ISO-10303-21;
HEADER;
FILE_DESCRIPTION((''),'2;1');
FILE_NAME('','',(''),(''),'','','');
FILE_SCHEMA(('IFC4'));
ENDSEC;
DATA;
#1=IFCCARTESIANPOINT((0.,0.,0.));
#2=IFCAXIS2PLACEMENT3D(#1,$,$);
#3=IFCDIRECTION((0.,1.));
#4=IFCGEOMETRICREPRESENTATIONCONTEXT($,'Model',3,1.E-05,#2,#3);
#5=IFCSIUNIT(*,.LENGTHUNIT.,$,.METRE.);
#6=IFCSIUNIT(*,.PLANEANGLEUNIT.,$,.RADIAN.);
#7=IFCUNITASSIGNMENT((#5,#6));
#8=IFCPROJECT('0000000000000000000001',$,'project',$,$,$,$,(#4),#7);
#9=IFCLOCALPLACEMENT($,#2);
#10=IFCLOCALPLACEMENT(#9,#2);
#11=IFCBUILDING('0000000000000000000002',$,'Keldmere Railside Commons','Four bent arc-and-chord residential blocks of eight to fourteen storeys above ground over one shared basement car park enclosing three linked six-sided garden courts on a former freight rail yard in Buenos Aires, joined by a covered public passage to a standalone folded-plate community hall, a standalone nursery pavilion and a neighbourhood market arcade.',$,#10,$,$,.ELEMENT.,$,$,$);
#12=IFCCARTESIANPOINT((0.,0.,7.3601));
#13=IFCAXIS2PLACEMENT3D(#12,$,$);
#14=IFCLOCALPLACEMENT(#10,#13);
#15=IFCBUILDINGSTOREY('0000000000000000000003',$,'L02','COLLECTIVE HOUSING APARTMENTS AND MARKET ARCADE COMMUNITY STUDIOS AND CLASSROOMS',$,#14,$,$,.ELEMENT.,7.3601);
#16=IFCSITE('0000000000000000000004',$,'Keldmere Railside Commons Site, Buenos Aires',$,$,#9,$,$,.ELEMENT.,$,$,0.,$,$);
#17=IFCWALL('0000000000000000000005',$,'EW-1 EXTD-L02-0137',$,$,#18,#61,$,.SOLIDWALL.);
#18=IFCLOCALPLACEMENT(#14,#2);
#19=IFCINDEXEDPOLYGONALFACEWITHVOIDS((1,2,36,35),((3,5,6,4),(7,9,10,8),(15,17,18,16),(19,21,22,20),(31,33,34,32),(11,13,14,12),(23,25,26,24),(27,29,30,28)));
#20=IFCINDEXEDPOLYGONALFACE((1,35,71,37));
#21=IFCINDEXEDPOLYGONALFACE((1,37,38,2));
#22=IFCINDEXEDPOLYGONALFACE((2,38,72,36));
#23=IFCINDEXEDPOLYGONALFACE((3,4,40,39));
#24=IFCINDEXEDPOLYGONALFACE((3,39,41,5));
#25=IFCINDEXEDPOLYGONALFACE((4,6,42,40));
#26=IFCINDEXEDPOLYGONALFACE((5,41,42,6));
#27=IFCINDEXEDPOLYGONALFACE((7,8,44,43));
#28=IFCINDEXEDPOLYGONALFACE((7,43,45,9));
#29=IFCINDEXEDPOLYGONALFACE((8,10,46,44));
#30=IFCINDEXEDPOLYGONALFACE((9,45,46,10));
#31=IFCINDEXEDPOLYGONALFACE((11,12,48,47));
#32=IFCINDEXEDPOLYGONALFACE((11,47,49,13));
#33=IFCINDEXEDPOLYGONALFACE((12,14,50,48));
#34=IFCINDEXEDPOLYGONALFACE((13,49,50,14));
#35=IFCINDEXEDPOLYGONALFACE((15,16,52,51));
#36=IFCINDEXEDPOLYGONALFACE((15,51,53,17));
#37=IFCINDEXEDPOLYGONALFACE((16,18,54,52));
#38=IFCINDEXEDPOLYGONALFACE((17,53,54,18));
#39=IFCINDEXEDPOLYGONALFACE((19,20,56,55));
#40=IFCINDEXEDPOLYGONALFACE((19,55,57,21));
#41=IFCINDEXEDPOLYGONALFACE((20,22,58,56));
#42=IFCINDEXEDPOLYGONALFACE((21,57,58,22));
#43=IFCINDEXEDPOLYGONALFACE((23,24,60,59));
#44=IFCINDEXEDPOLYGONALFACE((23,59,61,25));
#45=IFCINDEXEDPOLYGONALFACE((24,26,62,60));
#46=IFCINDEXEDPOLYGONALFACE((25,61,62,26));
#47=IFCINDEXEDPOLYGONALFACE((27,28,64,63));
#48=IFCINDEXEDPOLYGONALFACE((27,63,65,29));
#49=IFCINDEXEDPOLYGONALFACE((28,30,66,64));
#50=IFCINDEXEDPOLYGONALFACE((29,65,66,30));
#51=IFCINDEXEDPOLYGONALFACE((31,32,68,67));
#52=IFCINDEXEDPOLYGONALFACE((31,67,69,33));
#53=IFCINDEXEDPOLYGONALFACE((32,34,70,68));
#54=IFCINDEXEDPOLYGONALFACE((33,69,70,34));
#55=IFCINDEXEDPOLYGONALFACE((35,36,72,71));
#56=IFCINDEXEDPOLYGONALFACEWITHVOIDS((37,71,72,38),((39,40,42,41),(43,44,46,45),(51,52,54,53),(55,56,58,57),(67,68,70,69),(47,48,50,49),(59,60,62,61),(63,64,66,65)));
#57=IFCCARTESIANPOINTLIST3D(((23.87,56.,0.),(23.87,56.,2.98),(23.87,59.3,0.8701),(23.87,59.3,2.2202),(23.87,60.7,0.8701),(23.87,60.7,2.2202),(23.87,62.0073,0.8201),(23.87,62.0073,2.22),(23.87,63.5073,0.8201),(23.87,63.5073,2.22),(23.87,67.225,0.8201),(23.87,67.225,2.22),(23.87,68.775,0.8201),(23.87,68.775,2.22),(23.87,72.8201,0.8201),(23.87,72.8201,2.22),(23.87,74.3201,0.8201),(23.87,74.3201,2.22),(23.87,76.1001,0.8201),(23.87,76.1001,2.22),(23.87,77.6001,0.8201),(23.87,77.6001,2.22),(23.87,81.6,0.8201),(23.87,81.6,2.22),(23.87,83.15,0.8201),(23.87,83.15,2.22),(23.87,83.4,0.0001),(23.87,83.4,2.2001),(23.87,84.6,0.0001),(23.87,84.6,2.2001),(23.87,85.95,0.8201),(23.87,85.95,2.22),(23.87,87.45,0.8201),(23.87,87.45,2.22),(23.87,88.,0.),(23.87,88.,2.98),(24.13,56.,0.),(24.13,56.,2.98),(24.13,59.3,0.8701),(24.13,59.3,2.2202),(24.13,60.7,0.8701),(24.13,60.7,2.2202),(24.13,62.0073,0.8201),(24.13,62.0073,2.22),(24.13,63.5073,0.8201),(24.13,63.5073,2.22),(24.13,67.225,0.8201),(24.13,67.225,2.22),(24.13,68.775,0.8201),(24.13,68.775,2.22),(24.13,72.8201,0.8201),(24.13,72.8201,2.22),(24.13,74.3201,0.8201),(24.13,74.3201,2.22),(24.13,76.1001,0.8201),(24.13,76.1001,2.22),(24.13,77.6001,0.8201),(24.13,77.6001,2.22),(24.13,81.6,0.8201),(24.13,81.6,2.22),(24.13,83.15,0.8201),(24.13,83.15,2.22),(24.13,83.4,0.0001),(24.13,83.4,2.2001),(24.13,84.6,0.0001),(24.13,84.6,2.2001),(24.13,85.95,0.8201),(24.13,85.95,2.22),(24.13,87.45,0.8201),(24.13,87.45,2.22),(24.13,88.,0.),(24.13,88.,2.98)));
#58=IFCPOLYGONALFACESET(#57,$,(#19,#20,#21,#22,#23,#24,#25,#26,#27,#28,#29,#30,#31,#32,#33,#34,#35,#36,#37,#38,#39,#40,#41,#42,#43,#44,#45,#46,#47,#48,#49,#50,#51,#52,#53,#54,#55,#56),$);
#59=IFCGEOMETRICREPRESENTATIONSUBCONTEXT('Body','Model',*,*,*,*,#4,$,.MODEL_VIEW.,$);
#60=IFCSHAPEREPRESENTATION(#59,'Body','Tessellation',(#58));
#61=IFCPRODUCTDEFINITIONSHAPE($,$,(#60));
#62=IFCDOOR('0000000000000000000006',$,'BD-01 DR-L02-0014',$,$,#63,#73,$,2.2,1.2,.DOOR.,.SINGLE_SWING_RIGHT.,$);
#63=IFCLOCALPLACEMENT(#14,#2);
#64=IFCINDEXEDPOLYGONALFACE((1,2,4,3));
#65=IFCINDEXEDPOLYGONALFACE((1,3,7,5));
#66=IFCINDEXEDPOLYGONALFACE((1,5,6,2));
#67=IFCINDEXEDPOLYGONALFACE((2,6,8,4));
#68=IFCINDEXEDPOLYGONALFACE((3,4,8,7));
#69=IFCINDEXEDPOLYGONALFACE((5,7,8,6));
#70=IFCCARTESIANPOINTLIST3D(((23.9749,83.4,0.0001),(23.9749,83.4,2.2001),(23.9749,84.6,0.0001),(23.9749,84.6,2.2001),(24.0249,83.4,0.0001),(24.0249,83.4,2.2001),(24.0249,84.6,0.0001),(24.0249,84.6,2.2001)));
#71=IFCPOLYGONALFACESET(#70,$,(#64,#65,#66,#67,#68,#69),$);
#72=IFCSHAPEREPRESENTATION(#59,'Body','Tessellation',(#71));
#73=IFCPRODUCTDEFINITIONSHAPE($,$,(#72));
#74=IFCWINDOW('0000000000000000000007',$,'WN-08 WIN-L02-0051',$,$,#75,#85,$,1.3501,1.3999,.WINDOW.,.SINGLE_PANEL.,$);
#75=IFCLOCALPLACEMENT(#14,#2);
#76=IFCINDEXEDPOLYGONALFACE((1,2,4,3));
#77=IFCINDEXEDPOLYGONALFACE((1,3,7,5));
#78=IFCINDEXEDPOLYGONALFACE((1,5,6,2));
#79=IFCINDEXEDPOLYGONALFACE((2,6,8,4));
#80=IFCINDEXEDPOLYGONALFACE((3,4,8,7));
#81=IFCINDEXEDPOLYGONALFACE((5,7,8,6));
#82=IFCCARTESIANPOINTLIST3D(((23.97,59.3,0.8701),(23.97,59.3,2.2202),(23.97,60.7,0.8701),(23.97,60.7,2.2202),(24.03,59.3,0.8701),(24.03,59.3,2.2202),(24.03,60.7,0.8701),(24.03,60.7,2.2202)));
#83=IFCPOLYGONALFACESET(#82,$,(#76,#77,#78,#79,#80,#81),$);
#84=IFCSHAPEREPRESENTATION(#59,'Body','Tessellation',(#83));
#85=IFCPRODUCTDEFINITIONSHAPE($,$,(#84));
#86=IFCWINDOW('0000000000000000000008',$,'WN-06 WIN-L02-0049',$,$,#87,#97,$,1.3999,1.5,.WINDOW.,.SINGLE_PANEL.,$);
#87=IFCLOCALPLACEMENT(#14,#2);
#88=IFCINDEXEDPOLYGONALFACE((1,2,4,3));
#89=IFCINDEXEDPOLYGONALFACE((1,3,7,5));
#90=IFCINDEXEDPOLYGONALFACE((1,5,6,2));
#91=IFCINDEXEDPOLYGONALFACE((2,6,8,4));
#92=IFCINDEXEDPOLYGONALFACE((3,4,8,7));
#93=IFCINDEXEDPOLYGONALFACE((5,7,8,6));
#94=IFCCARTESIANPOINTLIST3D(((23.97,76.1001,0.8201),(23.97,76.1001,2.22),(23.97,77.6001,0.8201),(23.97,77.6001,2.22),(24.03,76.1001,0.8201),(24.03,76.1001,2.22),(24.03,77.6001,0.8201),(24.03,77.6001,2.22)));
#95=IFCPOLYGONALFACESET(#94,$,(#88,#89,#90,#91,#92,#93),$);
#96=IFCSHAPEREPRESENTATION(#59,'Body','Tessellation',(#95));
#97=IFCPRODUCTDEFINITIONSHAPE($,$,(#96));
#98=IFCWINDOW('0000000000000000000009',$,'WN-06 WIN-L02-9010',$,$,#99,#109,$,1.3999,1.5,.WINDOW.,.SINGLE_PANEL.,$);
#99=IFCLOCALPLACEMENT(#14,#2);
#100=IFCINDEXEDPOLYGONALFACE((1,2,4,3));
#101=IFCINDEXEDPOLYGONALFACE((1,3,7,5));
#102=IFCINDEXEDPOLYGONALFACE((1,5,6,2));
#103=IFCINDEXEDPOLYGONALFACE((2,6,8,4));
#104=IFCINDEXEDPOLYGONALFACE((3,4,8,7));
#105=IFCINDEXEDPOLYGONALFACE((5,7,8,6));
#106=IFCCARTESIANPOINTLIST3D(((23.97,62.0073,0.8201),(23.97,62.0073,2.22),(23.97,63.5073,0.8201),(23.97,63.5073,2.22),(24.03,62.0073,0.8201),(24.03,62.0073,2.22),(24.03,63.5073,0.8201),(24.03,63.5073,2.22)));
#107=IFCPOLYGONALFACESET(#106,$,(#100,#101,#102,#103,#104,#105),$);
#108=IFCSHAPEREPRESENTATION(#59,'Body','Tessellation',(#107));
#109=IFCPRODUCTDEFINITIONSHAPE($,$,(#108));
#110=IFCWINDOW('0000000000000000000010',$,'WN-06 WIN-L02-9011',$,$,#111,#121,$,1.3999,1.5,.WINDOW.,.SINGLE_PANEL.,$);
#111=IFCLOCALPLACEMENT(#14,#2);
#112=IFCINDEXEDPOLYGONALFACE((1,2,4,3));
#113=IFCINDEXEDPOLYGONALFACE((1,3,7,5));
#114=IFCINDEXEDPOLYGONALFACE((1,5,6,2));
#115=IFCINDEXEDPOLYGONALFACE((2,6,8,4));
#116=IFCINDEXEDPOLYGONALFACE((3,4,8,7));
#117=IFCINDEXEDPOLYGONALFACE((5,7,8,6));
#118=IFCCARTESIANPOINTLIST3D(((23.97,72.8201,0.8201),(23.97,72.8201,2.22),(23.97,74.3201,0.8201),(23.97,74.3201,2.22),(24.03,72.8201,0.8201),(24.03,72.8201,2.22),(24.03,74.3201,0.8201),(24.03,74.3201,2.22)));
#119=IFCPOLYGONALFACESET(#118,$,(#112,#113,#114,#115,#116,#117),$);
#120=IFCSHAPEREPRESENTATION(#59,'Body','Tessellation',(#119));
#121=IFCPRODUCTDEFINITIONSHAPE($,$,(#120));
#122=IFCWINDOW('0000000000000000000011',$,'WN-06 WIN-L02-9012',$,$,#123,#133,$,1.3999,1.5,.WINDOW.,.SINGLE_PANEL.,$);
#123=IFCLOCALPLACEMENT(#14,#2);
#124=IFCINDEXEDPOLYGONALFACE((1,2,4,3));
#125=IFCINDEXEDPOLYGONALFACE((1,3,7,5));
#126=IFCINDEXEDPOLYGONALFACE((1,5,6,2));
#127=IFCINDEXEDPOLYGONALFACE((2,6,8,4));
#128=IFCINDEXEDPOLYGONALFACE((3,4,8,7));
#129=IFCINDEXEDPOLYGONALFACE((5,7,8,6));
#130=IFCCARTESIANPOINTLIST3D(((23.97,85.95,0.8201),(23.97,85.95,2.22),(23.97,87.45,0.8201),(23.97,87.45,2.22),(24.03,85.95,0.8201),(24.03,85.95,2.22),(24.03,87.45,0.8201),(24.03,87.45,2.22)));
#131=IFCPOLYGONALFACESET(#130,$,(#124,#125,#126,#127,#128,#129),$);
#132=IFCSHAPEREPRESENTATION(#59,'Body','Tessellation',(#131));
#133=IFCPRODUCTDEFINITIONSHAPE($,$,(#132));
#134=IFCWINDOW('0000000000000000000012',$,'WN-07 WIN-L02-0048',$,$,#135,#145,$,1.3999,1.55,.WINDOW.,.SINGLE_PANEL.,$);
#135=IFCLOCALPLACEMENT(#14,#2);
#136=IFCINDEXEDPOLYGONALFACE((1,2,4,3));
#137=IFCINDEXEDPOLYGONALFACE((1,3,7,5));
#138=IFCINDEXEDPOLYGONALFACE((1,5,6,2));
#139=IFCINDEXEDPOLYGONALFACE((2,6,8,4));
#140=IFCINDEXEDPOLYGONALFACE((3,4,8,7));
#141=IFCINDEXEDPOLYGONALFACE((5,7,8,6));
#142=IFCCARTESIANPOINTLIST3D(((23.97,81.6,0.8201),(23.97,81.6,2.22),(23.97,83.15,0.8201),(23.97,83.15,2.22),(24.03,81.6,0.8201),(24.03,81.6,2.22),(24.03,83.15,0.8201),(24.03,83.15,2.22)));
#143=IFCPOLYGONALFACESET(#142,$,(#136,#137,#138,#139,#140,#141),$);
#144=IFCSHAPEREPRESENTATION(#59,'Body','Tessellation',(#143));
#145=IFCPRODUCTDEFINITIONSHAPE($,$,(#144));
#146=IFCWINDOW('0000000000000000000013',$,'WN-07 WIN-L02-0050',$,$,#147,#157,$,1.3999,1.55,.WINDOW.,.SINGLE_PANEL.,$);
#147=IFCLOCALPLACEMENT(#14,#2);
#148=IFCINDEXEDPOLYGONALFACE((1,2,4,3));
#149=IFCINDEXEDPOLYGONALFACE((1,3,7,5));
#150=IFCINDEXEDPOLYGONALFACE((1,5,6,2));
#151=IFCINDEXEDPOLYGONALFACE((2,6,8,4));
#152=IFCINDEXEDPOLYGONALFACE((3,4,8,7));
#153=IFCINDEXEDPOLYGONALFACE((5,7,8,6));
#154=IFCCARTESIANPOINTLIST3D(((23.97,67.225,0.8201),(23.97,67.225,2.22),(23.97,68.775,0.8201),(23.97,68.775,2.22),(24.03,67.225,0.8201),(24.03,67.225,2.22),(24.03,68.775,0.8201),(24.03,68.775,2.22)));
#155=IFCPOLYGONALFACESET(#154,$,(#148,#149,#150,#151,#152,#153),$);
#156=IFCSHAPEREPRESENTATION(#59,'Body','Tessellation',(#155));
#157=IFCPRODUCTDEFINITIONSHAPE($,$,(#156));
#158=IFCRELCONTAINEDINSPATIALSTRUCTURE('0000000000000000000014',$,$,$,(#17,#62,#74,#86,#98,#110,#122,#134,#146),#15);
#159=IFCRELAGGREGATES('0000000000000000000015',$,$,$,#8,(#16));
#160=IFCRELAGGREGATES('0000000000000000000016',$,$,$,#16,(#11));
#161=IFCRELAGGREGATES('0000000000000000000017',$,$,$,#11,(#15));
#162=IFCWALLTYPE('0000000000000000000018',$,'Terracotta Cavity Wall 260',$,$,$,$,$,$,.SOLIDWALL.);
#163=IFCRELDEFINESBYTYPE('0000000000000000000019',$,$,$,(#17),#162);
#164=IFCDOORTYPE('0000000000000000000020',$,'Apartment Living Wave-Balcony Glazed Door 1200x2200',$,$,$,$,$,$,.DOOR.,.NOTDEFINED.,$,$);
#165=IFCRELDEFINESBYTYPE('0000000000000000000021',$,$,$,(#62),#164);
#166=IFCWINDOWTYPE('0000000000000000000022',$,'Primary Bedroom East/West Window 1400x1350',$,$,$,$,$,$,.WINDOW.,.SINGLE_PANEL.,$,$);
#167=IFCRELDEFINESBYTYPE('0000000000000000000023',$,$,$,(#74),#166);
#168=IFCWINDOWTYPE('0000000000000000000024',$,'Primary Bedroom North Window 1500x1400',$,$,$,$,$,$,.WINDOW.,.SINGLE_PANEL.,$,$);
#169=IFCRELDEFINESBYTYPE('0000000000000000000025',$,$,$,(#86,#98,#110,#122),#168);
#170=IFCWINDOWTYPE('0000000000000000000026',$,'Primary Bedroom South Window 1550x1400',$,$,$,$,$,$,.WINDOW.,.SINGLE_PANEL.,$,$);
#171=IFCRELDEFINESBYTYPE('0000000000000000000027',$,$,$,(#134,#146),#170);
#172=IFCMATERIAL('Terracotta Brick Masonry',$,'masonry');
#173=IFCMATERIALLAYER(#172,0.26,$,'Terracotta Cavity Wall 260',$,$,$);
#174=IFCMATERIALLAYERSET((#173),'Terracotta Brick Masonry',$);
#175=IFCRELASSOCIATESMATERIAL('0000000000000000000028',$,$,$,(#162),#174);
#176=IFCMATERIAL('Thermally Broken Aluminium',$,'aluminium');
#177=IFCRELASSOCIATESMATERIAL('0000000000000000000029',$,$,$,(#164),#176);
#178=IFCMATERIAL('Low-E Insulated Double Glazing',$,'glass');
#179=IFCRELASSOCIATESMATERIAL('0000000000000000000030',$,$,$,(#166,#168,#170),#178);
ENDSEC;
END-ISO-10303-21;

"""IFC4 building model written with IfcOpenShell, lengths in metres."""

from ifc_helpers import new_model, si_unit, direction, frame, frame_2d, origin, place, context, subcontext, project, spatial, rectangle, extrude, material, layer, layer_set, type_object, element, fill, save


model = new_model("IFC4")

# Units and contexts
model_context = context("Model", 3, precision=1e-05, world=origin(), true_north=direction((0.0, 1.0)))
body_context = subcontext(model_context, "Body", "Model", "MODEL_VIEW")
ifc_project = project(units=[si_unit("LENGTHUNIT", "METRE"), si_unit("PLANEANGLEUNIT", "RADIAN")], contexts=[model_context])

# Site, building, storey
site_placement = place(None, origin())
site = spatial("IfcSite", under=ifc_project, at=site_placement, Name="Keldmere Railside Commons Site, Buenos Aires", CompositionType="ELEMENT", RefElevation=0.0)
building_placement = place(site_placement, origin())
building = spatial("IfcBuilding", under=site, at=building_placement, Name="Keldmere Railside Commons", Description="Four bent arc-and-chord residential blocks of eight to fourteen storeys above ground over one shared basement car park enclosing three linked six-sided garden courts on a former freight rail yard in Buenos Aires, joined by a covered public passage to a standalone folded-plate community hall, a standalone nursery pavilion and a neighbourhood market arcade.", CompositionType="ELEMENT")
storey_placement = place(building_placement, frame((0.0, 0.0, 7.3601)))
storey = spatial("IfcBuildingStorey", under=building, at=storey_placement, Name="L02", Description="COLLECTIVE HOUSING APARTMENTS AND MARKET ARCADE COMMUNITY STUDIOS AND CLASSROOMS", CompositionType="ELEMENT", Elevation=7.3601)

# Shared definitions
ifc_material_1 = material(Name="Thermally Broken Aluminium", Category="aluminium")
ifc_material_2 = material(Name="Low-E Insulated Double Glazing", Category="glass")

# Wall, openings, door, windows
ifc_material_3 = material(Name="Terracotta Brick Masonry", Category="masonry")
ifc_layer_1 = layer(ifc_material_3, 0.26, Name="Terracotta Cavity Wall 260")
ifc_layer_set_1 = layer_set([ifc_layer_1], Name="Terracotta Brick Masonry")
wall_type = type_object("IfcWallType", Name="Terracotta Cavity Wall 260", PredefinedType="SOLIDWALL", material=ifc_layer_set_1)
wall_placement = place(storey_placement, frame((24.0, 88.0, 0.0), z_axis=(0.0, 0.0, 1.0), x_axis=(0.0, -1.0, 0.0)))
wall = element("IfcWall", 1, at=wall_placement, inside=storey, type_object=wall_type, Name="EW-1 EXTD-L02-0137", PredefinedType="SOLIDWALL", context=body_context, shape_type="SweptSolid", body=[
    extrude(rectangle(XDim=32.0, YDim=0.26, at=frame_2d((16.0, 0.0))), origin(), (0.0, 0.0, 1.0), 2.98),
])
opening_1_placement = place(wall_placement, frame((3.3999, 0.0, 0.0)))
opening_1 = element("IfcOpeningElement", 2, at=opening_1_placement, cuts=wall, PredefinedType="OPENING", context=body_context, shape_type="SweptSolid", body=[
    extrude(rectangle(XDim=1.2, YDim=2.2, at=frame_2d((0.6001, 1.1001))), frame((0.0, 0.1399, 0.0), z_axis=(0.0, -1.0, 0.0), x_axis=(1.0, 0.0, 0.0)), (0.0, 0.0, 1.0), 0.28),
])
opening_2_placement = place(wall_placement, frame((4.8501, 0.0, 0.8201)))
opening_2 = element("IfcOpeningElement", 3, at=opening_2_placement, cuts=wall, PredefinedType="OPENING", context=body_context, shape_type="SweptSolid", body=[
    extrude(rectangle(XDim=1.55, YDim=1.3999, at=frame_2d((0.7749, 0.7))), frame((0.0, 0.1399, 0.0), z_axis=(0.0, -1.0, 0.0), x_axis=(1.0, 0.0, 0.0)), (0.0, 0.0, 1.0), 0.28),
])
opening_3_placement = place(wall_placement, frame((10.3999, 0.0, 0.8201)))
opening_3 = element("IfcOpeningElement", 4, at=opening_3_placement, cuts=wall, PredefinedType="OPENING", context=body_context, shape_type="SweptSolid", body=[
    extrude(rectangle(XDim=1.5, YDim=1.3999, at=frame_2d((0.75, 0.7))), frame((0.0, 0.1399, 0.0), z_axis=(0.0, -1.0, 0.0), x_axis=(1.0, 0.0, 0.0)), (0.0, 0.0, 1.0), 0.28),
])
opening_4_placement = place(wall_placement, frame((19.2251, 0.0, 0.8201)))
opening_4 = element("IfcOpeningElement", 5, at=opening_4_placement, cuts=wall, PredefinedType="OPENING", context=body_context, shape_type="SweptSolid", body=[
    extrude(rectangle(XDim=1.55, YDim=1.3999, at=frame_2d((0.7749, 0.7))), frame((0.0, 0.1399, 0.0), z_axis=(0.0, -1.0, 0.0), x_axis=(1.0, 0.0, 0.0)), (0.0, 0.0, 1.0), 0.28),
])
opening_5_placement = place(wall_placement, frame((27.3, 0.0, 0.8701)))
opening_5 = element("IfcOpeningElement", 6, at=opening_5_placement, cuts=wall, PredefinedType="OPENING", context=body_context, shape_type="SweptSolid", body=[
    extrude(rectangle(XDim=1.3999, YDim=1.3501, at=frame_2d((0.7, 0.675))), frame((0.0, 0.1399, 0.0), z_axis=(0.0, -1.0, 0.0), x_axis=(1.0, 0.0, 0.0)), (0.0, 0.0, 1.0), 0.28),
])
opening_6_placement = place(wall_placement, frame((24.4927, 0.0, 0.8201)))
opening_6 = element("IfcOpeningElement", 7, at=opening_6_placement, cuts=wall, PredefinedType="OPENING", context=body_context, shape_type="SweptSolid", body=[
    extrude(rectangle(XDim=1.5, YDim=1.3999, at=frame_2d((0.75, 0.7))), frame((0.0, 0.1399, 0.0), z_axis=(0.0, -1.0, 0.0), x_axis=(1.0, 0.0, 0.0)), (0.0, 0.0, 1.0), 0.28),
])
opening_7_placement = place(wall_placement, frame((13.6799, 0.0, 0.8201)))
opening_7 = element("IfcOpeningElement", 8, at=opening_7_placement, cuts=wall, PredefinedType="OPENING", context=body_context, shape_type="SweptSolid", body=[
    extrude(rectangle(XDim=1.5, YDim=1.3999, at=frame_2d((0.75, 0.7))), frame((0.0, 0.1399, 0.0), z_axis=(0.0, -1.0, 0.0), x_axis=(1.0, 0.0, 0.0)), (0.0, 0.0, 1.0), 0.28),
])
opening_8_placement = place(wall_placement, frame((0.55, 0.0, 0.8201)))
opening_8 = element("IfcOpeningElement", 9, at=opening_8_placement, cuts=wall, PredefinedType="OPENING", context=body_context, shape_type="SweptSolid", body=[
    extrude(rectangle(XDim=1.5, YDim=1.3999, at=frame_2d((0.75, 0.7))), frame((0.0, 0.1399, 0.0), z_axis=(0.0, -1.0, 0.0), x_axis=(1.0, 0.0, 0.0)), (0.0, 0.0, 1.0), 0.28),
])
door_type = type_object("IfcDoorType", Name="Apartment Living Wave-Balcony Glazed Door 1200x2200", OperationType="NOTDEFINED", PredefinedType="DOOR", material=ifc_material_1)
door_placement = place(opening_1_placement, origin())
door = element("IfcDoor", 10, at=door_placement, inside=storey, type_object=door_type, Name="BD-01 DR-L02-0014", OperationType="SINGLE_SWING_RIGHT", OverallHeight=2.2, OverallWidth=1.2, PredefinedType="DOOR", context=body_context, shape_type="SweptSolid", body=[
    extrude(rectangle(XDim=1.2, YDim=2.2, at=frame_2d((0.6001, 1.1001))), frame((0.0, 0.0249, 0.0), z_axis=(0.0, -1.0, 0.0), x_axis=(1.0, 0.0, 0.0)), (0.0, 0.0, 1.0), 0.05),
])
fill(opening_1, door)
window_type_1 = type_object("IfcWindowType", Name="Primary Bedroom East/West Window 1400x1350", PartitioningType="SINGLE_PANEL", PredefinedType="WINDOW", material=ifc_material_2)
window_1_placement = place(opening_5_placement, origin())
window_1 = element("IfcWindow", 11, at=window_1_placement, inside=storey, type_object=window_type_1, Name="WN-08 WIN-L02-0051", OverallHeight=1.3501, OverallWidth=1.3999, PartitioningType="SINGLE_PANEL", PredefinedType="WINDOW", context=body_context, shape_type="SweptSolid", body=[
    extrude(rectangle(XDim=1.3999, YDim=1.3501, at=frame_2d((0.7, 0.675))), frame((0.0, 0.03, 0.0), z_axis=(0.0, -1.0, 0.0), x_axis=(1.0, 0.0, 0.0)), (0.0, 0.0, 1.0), 0.0601),
])
fill(opening_5, window_1)
window_type_2 = type_object("IfcWindowType", Name="Primary Bedroom North Window 1500x1400", PartitioningType="SINGLE_PANEL", PredefinedType="WINDOW", material=ifc_material_2)
window_2_placement = place(opening_3_placement, origin())
window_2 = element("IfcWindow", 12, at=window_2_placement, inside=storey, type_object=window_type_2, Name="WN-06 WIN-L02-0049", OverallHeight=1.3999, OverallWidth=1.5, PartitioningType="SINGLE_PANEL", PredefinedType="WINDOW", context=body_context, shape_type="SweptSolid", body=[
    extrude(rectangle(XDim=1.5, YDim=1.3999, at=frame_2d((0.75, 0.7))), frame((0.0, 0.03, 0.0), z_axis=(0.0, -1.0, 0.0), x_axis=(1.0, 0.0, 0.0)), (0.0, 0.0, 1.0), 0.0601),
])
fill(opening_3, window_2)
window_3_placement = place(opening_6_placement, origin())
window_3 = element("IfcWindow", 13, at=window_3_placement, inside=storey, type_object=window_type_2, Name="WN-06 WIN-L02-9010", OverallHeight=1.3999, OverallWidth=1.5, PartitioningType="SINGLE_PANEL", PredefinedType="WINDOW", context=body_context, shape_type="SweptSolid", body=[
    extrude(rectangle(XDim=1.5, YDim=1.3999, at=frame_2d((0.75, 0.7))), frame((0.0, 0.03, 0.0), z_axis=(0.0, -1.0, 0.0), x_axis=(1.0, 0.0, 0.0)), (0.0, 0.0, 1.0), 0.0601),
])
fill(opening_6, window_3)
window_4_placement = place(opening_7_placement, origin())
window_4 = element("IfcWindow", 14, at=window_4_placement, inside=storey, type_object=window_type_2, Name="WN-06 WIN-L02-9011", OverallHeight=1.3999, OverallWidth=1.5, PartitioningType="SINGLE_PANEL", PredefinedType="WINDOW", context=body_context, shape_type="SweptSolid", body=[
    extrude(rectangle(XDim=1.5, YDim=1.3999, at=frame_2d((0.75, 0.7))), frame((0.0, 0.03, 0.0), z_axis=(0.0, -1.0, 0.0), x_axis=(1.0, 0.0, 0.0)), (0.0, 0.0, 1.0), 0.0601),
])
fill(opening_7, window_4)
window_5_placement = place(opening_8_placement, origin())
window_5 = element("IfcWindow", 15, at=window_5_placement, inside=storey, type_object=window_type_2, Name="WN-06 WIN-L02-9012", OverallHeight=1.3999, OverallWidth=1.5, PartitioningType="SINGLE_PANEL", PredefinedType="WINDOW", context=body_context, shape_type="SweptSolid", body=[
    extrude(rectangle(XDim=1.5, YDim=1.3999, at=frame_2d((0.75, 0.7))), frame((0.0, 0.03, 0.0), z_axis=(0.0, -1.0, 0.0), x_axis=(1.0, 0.0, 0.0)), (0.0, 0.0, 1.0), 0.0601),
])
fill(opening_8, window_5)
window_type_3 = type_object("IfcWindowType", Name="Primary Bedroom South Window 1550x1400", PartitioningType="SINGLE_PANEL", PredefinedType="WINDOW", material=ifc_material_2)
window_6_placement = place(opening_2_placement, origin())
window_6 = element("IfcWindow", 16, at=window_6_placement, inside=storey, type_object=window_type_3, Name="WN-07 WIN-L02-0048", OverallHeight=1.3999, OverallWidth=1.55, PartitioningType="SINGLE_PANEL", PredefinedType="WINDOW", context=body_context, shape_type="SweptSolid", body=[
    extrude(rectangle(XDim=1.55, YDim=1.3999, at=frame_2d((0.7749, 0.7))), frame((0.0, 0.03, 0.0), z_axis=(0.0, -1.0, 0.0), x_axis=(1.0, 0.0, 0.0)), (0.0, 0.0, 1.0), 0.0601),
])
fill(opening_2, window_6)
window_7_placement = place(opening_4_placement, origin())
window_7 = element("IfcWindow", 17, at=window_7_placement, inside=storey, type_object=window_type_3, Name="WN-07 WIN-L02-0050", OverallHeight=1.3999, OverallWidth=1.55, PartitioningType="SINGLE_PANEL", PredefinedType="WINDOW", context=body_context, shape_type="SweptSolid", body=[
    extrude(rectangle(XDim=1.55, YDim=1.3999, at=frame_2d((0.7749, 0.7))), frame((0.0, 0.03, 0.0), z_axis=(0.0, -1.0, 0.0), x_axis=(1.0, 0.0, 0.0)), (0.0, 0.0, 1.0), 0.0601),
])
fill(opening_4, window_7)

save(model, "model.ifc")
